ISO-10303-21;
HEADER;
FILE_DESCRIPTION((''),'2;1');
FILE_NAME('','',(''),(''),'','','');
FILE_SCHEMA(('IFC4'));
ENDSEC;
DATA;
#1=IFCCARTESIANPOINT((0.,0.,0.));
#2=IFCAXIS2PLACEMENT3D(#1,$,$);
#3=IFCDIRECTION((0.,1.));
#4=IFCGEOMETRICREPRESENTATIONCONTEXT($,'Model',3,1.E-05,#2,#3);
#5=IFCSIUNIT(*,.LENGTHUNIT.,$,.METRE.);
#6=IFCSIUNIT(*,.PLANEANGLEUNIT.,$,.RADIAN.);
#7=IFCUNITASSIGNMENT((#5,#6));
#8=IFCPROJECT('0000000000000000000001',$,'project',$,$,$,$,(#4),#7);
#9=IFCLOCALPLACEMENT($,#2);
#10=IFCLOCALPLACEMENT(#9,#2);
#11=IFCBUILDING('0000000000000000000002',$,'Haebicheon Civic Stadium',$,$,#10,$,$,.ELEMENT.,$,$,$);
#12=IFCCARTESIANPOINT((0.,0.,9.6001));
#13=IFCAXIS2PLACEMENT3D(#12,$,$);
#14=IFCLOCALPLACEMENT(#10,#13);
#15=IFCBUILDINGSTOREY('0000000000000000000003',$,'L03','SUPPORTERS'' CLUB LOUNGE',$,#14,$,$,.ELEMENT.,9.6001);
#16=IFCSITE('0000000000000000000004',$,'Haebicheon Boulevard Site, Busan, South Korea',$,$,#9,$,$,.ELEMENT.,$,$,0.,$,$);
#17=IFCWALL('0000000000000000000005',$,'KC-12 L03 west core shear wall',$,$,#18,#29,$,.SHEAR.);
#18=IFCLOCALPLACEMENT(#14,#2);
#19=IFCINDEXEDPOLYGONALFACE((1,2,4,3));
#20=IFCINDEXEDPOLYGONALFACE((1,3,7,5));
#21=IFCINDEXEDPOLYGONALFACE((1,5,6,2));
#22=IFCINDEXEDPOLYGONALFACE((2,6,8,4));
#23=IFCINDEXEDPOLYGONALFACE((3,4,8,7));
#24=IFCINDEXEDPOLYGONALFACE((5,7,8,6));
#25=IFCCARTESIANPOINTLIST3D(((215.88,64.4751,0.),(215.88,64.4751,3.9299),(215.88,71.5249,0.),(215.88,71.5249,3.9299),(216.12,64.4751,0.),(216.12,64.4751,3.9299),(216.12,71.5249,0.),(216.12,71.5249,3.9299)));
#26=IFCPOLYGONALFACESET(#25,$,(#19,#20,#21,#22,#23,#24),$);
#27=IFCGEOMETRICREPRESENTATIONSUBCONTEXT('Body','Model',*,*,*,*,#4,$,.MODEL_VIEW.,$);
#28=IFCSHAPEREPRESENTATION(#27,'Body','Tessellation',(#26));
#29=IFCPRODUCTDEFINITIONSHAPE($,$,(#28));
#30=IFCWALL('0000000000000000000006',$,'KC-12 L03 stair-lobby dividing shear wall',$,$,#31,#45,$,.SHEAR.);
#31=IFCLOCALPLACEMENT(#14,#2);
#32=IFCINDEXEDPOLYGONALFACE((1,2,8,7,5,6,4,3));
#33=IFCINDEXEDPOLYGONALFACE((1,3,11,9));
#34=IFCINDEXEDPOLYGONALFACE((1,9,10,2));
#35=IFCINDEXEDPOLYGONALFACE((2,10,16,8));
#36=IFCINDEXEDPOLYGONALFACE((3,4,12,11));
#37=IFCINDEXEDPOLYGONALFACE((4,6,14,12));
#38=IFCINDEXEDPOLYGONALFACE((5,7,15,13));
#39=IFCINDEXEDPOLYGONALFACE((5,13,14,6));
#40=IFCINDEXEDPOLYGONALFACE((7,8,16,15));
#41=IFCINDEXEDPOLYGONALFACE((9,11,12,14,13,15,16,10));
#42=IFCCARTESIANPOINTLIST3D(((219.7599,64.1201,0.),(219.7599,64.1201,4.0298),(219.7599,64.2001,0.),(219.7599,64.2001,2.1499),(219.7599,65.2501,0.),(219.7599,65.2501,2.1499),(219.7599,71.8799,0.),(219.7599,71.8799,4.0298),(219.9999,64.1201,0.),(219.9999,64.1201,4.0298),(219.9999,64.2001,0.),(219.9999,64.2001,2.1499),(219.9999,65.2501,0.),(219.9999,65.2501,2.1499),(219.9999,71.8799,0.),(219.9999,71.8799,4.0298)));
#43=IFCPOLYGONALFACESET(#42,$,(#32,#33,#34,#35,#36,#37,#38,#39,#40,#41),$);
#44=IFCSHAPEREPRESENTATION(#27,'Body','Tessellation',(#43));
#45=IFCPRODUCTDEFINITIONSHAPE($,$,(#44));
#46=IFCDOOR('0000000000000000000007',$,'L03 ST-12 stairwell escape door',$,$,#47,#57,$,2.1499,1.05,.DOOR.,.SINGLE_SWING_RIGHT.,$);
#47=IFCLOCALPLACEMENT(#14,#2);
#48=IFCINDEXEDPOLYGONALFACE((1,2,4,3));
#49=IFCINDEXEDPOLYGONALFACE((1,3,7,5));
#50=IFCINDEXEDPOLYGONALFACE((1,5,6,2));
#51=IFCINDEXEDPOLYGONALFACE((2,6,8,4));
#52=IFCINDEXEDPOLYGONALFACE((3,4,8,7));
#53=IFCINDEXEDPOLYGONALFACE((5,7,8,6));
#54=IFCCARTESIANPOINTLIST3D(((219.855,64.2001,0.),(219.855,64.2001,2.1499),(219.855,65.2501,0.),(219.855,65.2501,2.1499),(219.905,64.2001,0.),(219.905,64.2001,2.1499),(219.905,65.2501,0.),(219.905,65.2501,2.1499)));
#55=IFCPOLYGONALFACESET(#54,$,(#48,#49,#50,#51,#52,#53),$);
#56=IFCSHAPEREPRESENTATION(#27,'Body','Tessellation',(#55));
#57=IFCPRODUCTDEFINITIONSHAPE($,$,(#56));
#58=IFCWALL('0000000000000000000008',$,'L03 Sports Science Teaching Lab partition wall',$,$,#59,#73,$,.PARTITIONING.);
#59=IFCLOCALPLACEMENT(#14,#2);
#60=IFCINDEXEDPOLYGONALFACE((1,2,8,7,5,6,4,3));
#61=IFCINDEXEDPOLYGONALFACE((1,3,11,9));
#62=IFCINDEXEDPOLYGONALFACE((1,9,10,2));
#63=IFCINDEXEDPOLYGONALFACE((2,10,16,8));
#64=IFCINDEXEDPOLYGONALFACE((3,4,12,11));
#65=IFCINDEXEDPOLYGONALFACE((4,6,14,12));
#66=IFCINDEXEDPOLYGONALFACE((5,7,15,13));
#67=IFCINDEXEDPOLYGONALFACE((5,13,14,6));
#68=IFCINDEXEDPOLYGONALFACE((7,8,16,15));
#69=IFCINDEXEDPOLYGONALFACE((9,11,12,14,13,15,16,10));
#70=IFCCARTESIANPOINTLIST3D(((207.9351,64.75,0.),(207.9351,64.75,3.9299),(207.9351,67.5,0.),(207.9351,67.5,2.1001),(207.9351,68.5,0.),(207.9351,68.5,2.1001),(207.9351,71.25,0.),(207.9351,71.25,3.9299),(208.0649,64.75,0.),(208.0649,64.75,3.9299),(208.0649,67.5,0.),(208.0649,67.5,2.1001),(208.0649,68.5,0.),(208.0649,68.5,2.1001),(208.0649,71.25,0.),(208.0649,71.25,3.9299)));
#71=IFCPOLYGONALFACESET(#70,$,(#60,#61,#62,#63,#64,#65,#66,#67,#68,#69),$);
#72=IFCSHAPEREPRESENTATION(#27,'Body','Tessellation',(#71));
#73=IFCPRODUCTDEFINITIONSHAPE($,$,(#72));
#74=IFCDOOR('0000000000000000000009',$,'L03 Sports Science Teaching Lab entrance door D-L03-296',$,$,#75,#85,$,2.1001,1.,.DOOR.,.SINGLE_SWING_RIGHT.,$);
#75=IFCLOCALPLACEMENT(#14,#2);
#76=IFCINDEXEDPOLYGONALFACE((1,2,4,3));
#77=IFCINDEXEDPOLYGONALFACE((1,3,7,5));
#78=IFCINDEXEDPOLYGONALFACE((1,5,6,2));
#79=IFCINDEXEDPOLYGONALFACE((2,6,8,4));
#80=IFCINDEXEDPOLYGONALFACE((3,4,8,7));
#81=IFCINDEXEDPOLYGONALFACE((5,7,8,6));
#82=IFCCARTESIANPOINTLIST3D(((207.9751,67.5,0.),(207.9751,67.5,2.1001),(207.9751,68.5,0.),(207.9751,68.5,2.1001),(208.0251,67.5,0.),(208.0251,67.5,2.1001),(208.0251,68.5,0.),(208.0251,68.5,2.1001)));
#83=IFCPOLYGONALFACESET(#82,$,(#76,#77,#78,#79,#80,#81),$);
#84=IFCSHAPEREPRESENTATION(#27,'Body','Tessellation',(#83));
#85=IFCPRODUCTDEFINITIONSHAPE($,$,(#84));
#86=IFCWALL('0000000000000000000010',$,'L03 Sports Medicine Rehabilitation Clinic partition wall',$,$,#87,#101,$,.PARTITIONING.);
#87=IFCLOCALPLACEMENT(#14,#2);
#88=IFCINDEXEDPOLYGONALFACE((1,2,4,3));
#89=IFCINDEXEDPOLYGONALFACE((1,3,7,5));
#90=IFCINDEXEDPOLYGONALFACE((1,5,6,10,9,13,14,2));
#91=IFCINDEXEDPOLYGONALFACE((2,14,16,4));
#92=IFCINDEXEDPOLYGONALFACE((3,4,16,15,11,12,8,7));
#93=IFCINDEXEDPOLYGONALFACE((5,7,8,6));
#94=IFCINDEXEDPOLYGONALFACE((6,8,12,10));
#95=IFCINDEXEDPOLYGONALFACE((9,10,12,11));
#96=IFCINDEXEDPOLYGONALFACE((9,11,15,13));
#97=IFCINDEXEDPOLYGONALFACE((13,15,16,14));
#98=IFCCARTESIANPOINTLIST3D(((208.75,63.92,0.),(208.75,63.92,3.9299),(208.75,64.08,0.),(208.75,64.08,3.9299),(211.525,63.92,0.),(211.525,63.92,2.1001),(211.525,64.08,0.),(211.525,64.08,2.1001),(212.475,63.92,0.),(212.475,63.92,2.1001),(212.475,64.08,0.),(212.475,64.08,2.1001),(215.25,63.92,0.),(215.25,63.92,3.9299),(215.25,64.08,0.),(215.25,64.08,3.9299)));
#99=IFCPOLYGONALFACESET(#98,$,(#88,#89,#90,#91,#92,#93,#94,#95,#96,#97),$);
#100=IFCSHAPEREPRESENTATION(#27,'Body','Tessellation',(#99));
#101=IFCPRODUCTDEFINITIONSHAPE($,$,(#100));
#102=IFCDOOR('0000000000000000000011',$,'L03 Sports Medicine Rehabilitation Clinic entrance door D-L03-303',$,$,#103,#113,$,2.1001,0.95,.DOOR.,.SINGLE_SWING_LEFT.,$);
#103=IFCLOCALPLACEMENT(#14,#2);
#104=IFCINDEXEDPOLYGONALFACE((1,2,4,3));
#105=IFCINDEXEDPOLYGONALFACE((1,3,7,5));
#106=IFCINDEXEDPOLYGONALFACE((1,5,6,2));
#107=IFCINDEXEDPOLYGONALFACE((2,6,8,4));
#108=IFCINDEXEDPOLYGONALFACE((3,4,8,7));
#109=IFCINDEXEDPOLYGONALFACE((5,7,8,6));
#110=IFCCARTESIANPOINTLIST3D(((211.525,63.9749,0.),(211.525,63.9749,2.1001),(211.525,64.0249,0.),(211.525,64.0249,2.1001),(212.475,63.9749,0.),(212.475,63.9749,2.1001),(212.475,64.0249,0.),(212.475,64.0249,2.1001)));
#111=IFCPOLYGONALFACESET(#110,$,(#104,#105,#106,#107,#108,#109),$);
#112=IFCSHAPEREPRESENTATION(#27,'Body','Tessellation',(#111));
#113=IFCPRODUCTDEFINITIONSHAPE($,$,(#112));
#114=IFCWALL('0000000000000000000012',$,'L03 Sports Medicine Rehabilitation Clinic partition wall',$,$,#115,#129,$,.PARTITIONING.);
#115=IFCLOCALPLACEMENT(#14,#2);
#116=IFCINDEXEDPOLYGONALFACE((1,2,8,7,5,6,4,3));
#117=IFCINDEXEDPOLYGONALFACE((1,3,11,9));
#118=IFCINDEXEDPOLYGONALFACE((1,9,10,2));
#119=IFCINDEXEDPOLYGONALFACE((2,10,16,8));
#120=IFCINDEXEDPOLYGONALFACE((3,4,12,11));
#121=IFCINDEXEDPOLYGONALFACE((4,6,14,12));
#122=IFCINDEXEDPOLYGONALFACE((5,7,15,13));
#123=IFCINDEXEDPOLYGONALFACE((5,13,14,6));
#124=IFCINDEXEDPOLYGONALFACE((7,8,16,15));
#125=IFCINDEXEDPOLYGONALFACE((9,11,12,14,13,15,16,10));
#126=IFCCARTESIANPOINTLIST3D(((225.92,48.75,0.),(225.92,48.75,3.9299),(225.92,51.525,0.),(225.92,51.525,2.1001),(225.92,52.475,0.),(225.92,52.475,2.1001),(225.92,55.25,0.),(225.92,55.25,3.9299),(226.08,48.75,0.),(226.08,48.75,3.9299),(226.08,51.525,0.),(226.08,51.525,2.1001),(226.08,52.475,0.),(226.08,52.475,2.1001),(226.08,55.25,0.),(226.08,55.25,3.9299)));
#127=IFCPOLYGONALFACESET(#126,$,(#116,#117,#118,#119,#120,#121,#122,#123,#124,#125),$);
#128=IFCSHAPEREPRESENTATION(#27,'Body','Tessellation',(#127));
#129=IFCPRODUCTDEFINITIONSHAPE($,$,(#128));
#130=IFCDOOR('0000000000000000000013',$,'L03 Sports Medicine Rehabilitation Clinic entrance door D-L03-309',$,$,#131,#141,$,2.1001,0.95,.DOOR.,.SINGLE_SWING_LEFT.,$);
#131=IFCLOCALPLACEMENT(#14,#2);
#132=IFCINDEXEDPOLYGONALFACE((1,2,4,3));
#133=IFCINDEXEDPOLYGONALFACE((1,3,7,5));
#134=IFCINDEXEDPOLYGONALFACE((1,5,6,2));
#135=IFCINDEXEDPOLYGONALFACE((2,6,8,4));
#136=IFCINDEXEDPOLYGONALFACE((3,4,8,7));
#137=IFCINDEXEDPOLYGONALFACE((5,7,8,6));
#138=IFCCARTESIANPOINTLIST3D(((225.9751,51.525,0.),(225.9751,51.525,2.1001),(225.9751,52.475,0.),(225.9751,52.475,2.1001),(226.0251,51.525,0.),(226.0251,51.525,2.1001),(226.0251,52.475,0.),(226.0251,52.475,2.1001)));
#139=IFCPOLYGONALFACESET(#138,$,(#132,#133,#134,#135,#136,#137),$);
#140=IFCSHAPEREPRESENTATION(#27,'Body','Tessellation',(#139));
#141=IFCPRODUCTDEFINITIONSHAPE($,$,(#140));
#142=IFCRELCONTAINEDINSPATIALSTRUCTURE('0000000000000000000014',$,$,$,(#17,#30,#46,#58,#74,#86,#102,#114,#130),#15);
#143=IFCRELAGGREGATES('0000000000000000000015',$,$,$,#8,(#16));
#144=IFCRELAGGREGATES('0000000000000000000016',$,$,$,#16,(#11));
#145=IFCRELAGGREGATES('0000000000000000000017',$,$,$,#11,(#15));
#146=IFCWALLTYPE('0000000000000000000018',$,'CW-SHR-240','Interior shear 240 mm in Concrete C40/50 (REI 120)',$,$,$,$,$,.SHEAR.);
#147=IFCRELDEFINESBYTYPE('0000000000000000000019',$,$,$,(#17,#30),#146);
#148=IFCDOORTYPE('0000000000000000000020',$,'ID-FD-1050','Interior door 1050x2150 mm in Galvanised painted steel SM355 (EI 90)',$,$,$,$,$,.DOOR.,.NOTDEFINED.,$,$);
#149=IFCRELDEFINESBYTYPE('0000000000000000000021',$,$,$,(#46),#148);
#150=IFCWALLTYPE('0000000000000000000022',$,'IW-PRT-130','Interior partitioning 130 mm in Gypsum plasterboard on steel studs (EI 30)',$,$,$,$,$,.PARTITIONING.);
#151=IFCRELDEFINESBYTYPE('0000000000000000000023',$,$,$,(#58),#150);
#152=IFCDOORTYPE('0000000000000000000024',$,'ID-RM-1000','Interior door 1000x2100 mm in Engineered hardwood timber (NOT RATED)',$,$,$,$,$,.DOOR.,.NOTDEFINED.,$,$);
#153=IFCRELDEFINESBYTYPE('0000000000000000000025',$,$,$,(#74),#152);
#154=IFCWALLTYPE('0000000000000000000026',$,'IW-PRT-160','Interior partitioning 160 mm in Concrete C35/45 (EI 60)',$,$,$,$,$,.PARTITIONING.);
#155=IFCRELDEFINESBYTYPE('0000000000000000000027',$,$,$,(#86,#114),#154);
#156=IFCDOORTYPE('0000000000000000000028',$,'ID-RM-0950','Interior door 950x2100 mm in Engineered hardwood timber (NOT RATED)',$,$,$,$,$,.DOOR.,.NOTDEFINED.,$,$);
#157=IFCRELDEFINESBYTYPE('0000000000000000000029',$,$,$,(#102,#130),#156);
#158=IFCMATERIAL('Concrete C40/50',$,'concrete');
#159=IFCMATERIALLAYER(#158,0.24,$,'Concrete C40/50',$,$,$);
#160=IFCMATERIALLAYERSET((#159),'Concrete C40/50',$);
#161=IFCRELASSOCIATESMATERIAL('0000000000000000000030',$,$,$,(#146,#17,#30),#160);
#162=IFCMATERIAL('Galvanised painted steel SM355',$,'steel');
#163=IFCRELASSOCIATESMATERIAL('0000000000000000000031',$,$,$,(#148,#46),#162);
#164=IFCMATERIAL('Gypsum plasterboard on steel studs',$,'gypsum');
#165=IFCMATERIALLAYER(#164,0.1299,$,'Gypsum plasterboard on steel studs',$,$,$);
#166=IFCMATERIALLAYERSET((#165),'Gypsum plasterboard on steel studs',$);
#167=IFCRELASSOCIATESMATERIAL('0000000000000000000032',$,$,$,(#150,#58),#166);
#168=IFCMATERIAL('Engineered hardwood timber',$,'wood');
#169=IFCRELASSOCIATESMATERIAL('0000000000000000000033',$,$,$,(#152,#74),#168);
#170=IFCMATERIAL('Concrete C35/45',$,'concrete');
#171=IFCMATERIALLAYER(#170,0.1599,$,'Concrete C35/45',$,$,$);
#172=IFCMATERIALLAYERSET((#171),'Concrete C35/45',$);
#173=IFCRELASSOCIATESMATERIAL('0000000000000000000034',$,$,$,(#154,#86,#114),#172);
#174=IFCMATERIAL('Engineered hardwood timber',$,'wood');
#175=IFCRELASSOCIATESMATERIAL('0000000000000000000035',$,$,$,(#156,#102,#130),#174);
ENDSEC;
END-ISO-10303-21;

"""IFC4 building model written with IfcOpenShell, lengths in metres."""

from ifc_helpers import new_model, si_unit, direction, frame, frame_2d, origin, place, context, subcontext, project, spatial, rectangle, extrude, material, layer, layer_set, type_object, element, fill, save


model = new_model("IFC4")

# Units and contexts
model_context = context("Model", 3, precision=1e-05, world=origin(), true_north=direction((0.0, 1.0)))
body_context = subcontext(model_context, "Body", "Model", "MODEL_VIEW")
ifc_project = project(units=[si_unit("LENGTHUNIT", "METRE"), si_unit("PLANEANGLEUNIT", "RADIAN")], contexts=[model_context])

# Site, building, storey
site_placement = place(None, origin())
site = spatial("IfcSite", under=ifc_project, at=site_placement, Name="Haebicheon Boulevard Site, Busan, South Korea", CompositionType="ELEMENT", RefElevation=0.0)
building_placement = place(site_placement, origin())
building = spatial("IfcBuilding", under=site, at=building_placement, Name="Haebicheon Civic Stadium", CompositionType="ELEMENT")
storey_placement = place(building_placement, frame((0.0, 0.0, 9.6001)))
storey = spatial("IfcBuildingStorey", under=building, at=storey_placement, Name="L03", Description="SUPPORTERS' CLUB LOUNGE", CompositionType="ELEMENT", Elevation=9.6001)

# Shared definitions
ifc_material_1 = material(Name="Concrete C40/50", Category="concrete")
ifc_layer_1 = layer(ifc_material_1, 0.24, Name="Concrete C40/50")
ifc_layer_set_1 = layer_set([ifc_layer_1], Name="Concrete C40/50")
wall_type_1 = type_object("IfcWallType", Name="CW-SHR-240", Description="Interior shear 240 mm in Concrete C40/50 (REI 120)", PredefinedType="SHEAR", material=ifc_layer_set_1)

# Wall
wall_1_placement = place(storey_placement, frame((216.0, 64.4751, 0.0), z_axis=(0.0, 0.0, 1.0), x_axis=(0.0, 1.0, 0.0)))
element("IfcWall", 1, at=wall_1_placement, inside=storey, type_object=wall_type_1, material=ifc_layer_set_1, Name="KC-12 L03 west core shear wall", PredefinedType="SHEAR", context=body_context, shape_type="SweptSolid", body=[
    extrude(rectangle(XDim=7.0498, YDim=0.24, at=frame_2d((3.5249, 0.0))), origin(), (0.0, 0.0, 1.0), 3.9299),
])

# Walls, openings, doors
wall_2_placement = place(storey_placement, frame((219.8799, 64.1201, 0.0), z_axis=(0.0, 0.0, 1.0), x_axis=(0.0, 1.0, 0.0)))
wall_2 = element("IfcWall", 2, at=wall_2_placement, inside=storey, type_object=wall_type_1, material=ifc_layer_set_1, Name="KC-12 L03 stair-lobby dividing shear wall", PredefinedType="SHEAR", context=body_context, shape_type="SweptSolid", body=[
    extrude(rectangle(XDim=7.7598, YDim=0.24, at=frame_2d((3.8799, 0.0))), origin(), (0.0, 0.0, 1.0), 4.0298),
])
opening_1_placement = place(wall_2_placement, frame((0.0801, 0.0, 0.0)))
opening_1 = element("IfcOpeningElement", 3, at=opening_1_placement, cuts=wall_2, PredefinedType="OPENING", context=body_context, shape_type="SweptSolid", body=[
    extrude(rectangle(XDim=1.05, YDim=2.1499, at=frame_2d((0.5249, 1.075))), frame((0.0, 0.1299, 0.0), z_axis=(0.0, -1.0, 0.0), x_axis=(1.0, 0.0, 0.0)), (0.0, 0.0, 1.0), 0.26),
])
ifc_material_2 = material(Name="Galvanised painted steel SM355", Category="steel")
door_type_1 = type_object("IfcDoorType", Name="ID-FD-1050", Description="Interior door 1050x2150 mm in Galvanised painted steel SM355 (EI 90)", OperationType="NOTDEFINED", PredefinedType="DOOR", material=ifc_material_2)
door_1_placement = place(opening_1_placement, origin())
door_1 = element("IfcDoor", 4, at=door_1_placement, inside=storey, type_object=door_type_1, material=ifc_material_2, Name="L03 ST-12 stairwell escape door", OperationType="SINGLE_SWING_RIGHT", OverallHeight=2.1499, OverallWidth=1.05, PredefinedType="DOOR", context=body_context, shape_type="SweptSolid", body=[
    extrude(rectangle(XDim=1.05, YDim=2.1499, at=frame_2d((0.5249, 1.075))), frame((0.0, 0.0249, 0.0), z_axis=(0.0, -1.0, 0.0), x_axis=(1.0, 0.0, 0.0)), (0.0, 0.0, 1.0), 0.05),
])
fill(opening_1, door_1)
ifc_material_3 = material(Name="Gypsum plasterboard on steel studs", Category="gypsum")
ifc_layer_2 = layer(ifc_material_3, 0.1299, Name="Gypsum plasterboard on steel studs")
ifc_layer_set_2 = layer_set([ifc_layer_2], Name="Gypsum plasterboard on steel studs")
wall_type_2 = type_object("IfcWallType", Name="IW-PRT-130", Description="Interior partitioning 130 mm in Gypsum plasterboard on steel studs (EI 30)", PredefinedType="PARTITIONING", material=ifc_layer_set_2)
wall_3_placement = place(storey_placement, frame((208.0, 64.75, 0.0), z_axis=(0.0, 0.0, 1.0), x_axis=(0.0, 1.0, 0.0)))
wall_3 = element("IfcWall", 5, at=wall_3_placement, inside=storey, type_object=wall_type_2, material=ifc_layer_set_2, Name="L03 Sports Science Teaching Lab partition wall", PredefinedType="PARTITIONING", context=body_context, shape_type="SweptSolid", body=[
    extrude(rectangle(XDim=6.5, YDim=0.1299, at=frame_2d((3.25, 0.0))), origin(), (0.0, 0.0, 1.0), 3.9299),
])
opening_2_placement = place(wall_3_placement, frame((2.75, 0.0, 0.0)))
opening_2 = element("IfcOpeningElement", 6, at=opening_2_placement, cuts=wall_3, PredefinedType="OPENING", context=body_context, shape_type="SweptSolid", body=[
    extrude(rectangle(XDim=1.0, YDim=2.1001, at=frame_2d((0.5, 1.05))), frame((0.0, 0.075, 0.0), z_axis=(0.0, -1.0, 0.0), x_axis=(1.0, 0.0, 0.0)), (0.0, 0.0, 1.0), 0.1499),
])
ifc_material_4 = material(Name="Engineered hardwood timber", Category="wood")
door_type_2 = type_object("IfcDoorType", Name="ID-RM-1000", Description="Interior door 1000x2100 mm in Engineered hardwood timber (NOT RATED)", OperationType="NOTDEFINED", PredefinedType="DOOR", material=ifc_material_4)
door_2_placement = place(opening_2_placement, origin())
door_2 = element("IfcDoor", 7, at=door_2_placement, inside=storey, type_object=door_type_2, material=ifc_material_4, Name="L03 Sports Science Teaching Lab entrance door D-L03-296", OperationType="SINGLE_SWING_RIGHT", OverallHeight=2.1001, OverallWidth=1.0, PredefinedType="DOOR", context=body_context, shape_type="SweptSolid", body=[
    extrude(rectangle(XDim=1.0, YDim=2.1001, at=frame_2d((0.5, 1.05))), frame((0.0, 0.0249, 0.0), z_axis=(0.0, -1.0, 0.0), x_axis=(1.0, 0.0, 0.0)), (0.0, 0.0, 1.0), 0.05),
])
fill(opening_2, door_2)
ifc_material_5 = material(Name="Concrete C35/45", Category="concrete")
ifc_layer_3 = layer(ifc_material_5, 0.1599, Name="Concrete C35/45")
ifc_layer_set_3 = layer_set([ifc_layer_3], Name="Concrete C35/45")
wall_type_3 = type_object("IfcWallType", Name="IW-PRT-160", Description="Interior partitioning 160 mm in Concrete C35/45 (EI 60)", PredefinedType="PARTITIONING", material=ifc_layer_set_3)
wall_4_placement = place(storey_placement, frame((208.75, 64.0, 0.0), z_axis=(0.0, 0.0, 1.0), x_axis=(1.0, 0.0, 0.0)))
wall_4 = element("IfcWall", 8, at=wall_4_placement, inside=storey, type_object=wall_type_3, material=ifc_layer_set_3, Name="L03 Sports Medicine Rehabilitation Clinic partition wall", PredefinedType="PARTITIONING", context=body_context, shape_type="SweptSolid", body=[
    extrude(rectangle(XDim=6.5, YDim=0.1599, at=frame_2d((3.25, 0.0))), origin(), (0.0, 0.0, 1.0), 3.9299),
])
opening_3_placement = place(wall_4_placement, frame((2.7749, 0.0, 0.0)))
opening_3 = element("IfcOpeningElement", 9, at=opening_3_placement, cuts=wall_4, PredefinedType="OPENING", context=body_context, shape_type="SweptSolid", body=[
    extrude(rectangle(XDim=0.95, YDim=2.1001, at=frame_2d((0.4751, 1.05))), frame((0.0, 0.0898, 0.0), z_axis=(0.0, -1.0, 0.0), x_axis=(1.0, 0.0, 0.0)), (0.0, 0.0, 1.0), 0.1799),
])
ifc_material_6 = material(Name="Engineered hardwood timber", Category="wood")
door_type_3 = type_object("IfcDoorType", Name="ID-RM-0950", Description="Interior door 950x2100 mm in Engineered hardwood timber (NOT RATED)", OperationType="NOTDEFINED", PredefinedType="DOOR", material=ifc_material_6)
door_3_placement = place(opening_3_placement, origin())
door_3 = element("IfcDoor", 10, at=door_3_placement, inside=storey, type_object=door_type_3, material=ifc_material_6, Name="L03 Sports Medicine Rehabilitation Clinic entrance door D-L03-303", OperationType="SINGLE_SWING_LEFT", OverallHeight=2.1001, OverallWidth=0.95, PredefinedType="DOOR", context=body_context, shape_type="SweptSolid", body=[
    extrude(rectangle(XDim=0.95, YDim=2.1001, at=frame_2d((0.4751, 1.05))), frame((0.0, 0.0249, 0.0), z_axis=(0.0, -1.0, 0.0), x_axis=(1.0, 0.0, 0.0)), (0.0, 0.0, 1.0), 0.05),
])
fill(opening_3, door_3)
wall_5_placement = place(storey_placement, frame((226.0, 48.75, 0.0), z_axis=(0.0, 0.0, 1.0), x_axis=(0.0, 1.0, 0.0)))
wall_5 = element("IfcWall", 11, at=wall_5_placement, inside=storey, type_object=wall_type_3, material=ifc_layer_set_3, Name="L03 Sports Medicine Rehabilitation Clinic partition wall", PredefinedType="PARTITIONING", context=body_context, shape_type="SweptSolid", body=[
    extrude(rectangle(XDim=6.5, YDim=0.1599, at=frame_2d((3.25, 0.0))), origin(), (0.0, 0.0, 1.0), 3.9299),
])
opening_4_placement = place(wall_5_placement, frame((2.7749, 0.0, 0.0)))
opening_4 = element("IfcOpeningElement", 12, at=opening_4_placement, cuts=wall_5, PredefinedType="OPENING", context=body_context, shape_type="SweptSolid", body=[
    extrude(rectangle(XDim=0.95, YDim=2.1001, at=frame_2d((0.4751, 1.05))), frame((0.0, 0.0898, 0.0), z_axis=(0.0, -1.0, 0.0), x_axis=(1.0, 0.0, 0.0)), (0.0, 0.0, 1.0), 0.1799),
])
door_4_placement = place(opening_4_placement, origin())
door_4 = element("IfcDoor", 13, at=door_4_placement, inside=storey, type_object=door_type_3, material=ifc_material_6, Name="L03 Sports Medicine Rehabilitation Clinic entrance door D-L03-309", OperationType="SINGLE_SWING_LEFT", OverallHeight=2.1001, OverallWidth=0.95, PredefinedType="DOOR", context=body_context, shape_type="SweptSolid", body=[
    extrude(rectangle(XDim=0.95, YDim=2.1001, at=frame_2d((0.4751, 1.05))), frame((0.0, 0.0249, 0.0), z_axis=(0.0, -1.0, 0.0), x_axis=(1.0, 0.0, 0.0)), (0.0, 0.0, 1.0), 0.05),
])
fill(opening_4, door_4)

save(model, "model.ifc")
